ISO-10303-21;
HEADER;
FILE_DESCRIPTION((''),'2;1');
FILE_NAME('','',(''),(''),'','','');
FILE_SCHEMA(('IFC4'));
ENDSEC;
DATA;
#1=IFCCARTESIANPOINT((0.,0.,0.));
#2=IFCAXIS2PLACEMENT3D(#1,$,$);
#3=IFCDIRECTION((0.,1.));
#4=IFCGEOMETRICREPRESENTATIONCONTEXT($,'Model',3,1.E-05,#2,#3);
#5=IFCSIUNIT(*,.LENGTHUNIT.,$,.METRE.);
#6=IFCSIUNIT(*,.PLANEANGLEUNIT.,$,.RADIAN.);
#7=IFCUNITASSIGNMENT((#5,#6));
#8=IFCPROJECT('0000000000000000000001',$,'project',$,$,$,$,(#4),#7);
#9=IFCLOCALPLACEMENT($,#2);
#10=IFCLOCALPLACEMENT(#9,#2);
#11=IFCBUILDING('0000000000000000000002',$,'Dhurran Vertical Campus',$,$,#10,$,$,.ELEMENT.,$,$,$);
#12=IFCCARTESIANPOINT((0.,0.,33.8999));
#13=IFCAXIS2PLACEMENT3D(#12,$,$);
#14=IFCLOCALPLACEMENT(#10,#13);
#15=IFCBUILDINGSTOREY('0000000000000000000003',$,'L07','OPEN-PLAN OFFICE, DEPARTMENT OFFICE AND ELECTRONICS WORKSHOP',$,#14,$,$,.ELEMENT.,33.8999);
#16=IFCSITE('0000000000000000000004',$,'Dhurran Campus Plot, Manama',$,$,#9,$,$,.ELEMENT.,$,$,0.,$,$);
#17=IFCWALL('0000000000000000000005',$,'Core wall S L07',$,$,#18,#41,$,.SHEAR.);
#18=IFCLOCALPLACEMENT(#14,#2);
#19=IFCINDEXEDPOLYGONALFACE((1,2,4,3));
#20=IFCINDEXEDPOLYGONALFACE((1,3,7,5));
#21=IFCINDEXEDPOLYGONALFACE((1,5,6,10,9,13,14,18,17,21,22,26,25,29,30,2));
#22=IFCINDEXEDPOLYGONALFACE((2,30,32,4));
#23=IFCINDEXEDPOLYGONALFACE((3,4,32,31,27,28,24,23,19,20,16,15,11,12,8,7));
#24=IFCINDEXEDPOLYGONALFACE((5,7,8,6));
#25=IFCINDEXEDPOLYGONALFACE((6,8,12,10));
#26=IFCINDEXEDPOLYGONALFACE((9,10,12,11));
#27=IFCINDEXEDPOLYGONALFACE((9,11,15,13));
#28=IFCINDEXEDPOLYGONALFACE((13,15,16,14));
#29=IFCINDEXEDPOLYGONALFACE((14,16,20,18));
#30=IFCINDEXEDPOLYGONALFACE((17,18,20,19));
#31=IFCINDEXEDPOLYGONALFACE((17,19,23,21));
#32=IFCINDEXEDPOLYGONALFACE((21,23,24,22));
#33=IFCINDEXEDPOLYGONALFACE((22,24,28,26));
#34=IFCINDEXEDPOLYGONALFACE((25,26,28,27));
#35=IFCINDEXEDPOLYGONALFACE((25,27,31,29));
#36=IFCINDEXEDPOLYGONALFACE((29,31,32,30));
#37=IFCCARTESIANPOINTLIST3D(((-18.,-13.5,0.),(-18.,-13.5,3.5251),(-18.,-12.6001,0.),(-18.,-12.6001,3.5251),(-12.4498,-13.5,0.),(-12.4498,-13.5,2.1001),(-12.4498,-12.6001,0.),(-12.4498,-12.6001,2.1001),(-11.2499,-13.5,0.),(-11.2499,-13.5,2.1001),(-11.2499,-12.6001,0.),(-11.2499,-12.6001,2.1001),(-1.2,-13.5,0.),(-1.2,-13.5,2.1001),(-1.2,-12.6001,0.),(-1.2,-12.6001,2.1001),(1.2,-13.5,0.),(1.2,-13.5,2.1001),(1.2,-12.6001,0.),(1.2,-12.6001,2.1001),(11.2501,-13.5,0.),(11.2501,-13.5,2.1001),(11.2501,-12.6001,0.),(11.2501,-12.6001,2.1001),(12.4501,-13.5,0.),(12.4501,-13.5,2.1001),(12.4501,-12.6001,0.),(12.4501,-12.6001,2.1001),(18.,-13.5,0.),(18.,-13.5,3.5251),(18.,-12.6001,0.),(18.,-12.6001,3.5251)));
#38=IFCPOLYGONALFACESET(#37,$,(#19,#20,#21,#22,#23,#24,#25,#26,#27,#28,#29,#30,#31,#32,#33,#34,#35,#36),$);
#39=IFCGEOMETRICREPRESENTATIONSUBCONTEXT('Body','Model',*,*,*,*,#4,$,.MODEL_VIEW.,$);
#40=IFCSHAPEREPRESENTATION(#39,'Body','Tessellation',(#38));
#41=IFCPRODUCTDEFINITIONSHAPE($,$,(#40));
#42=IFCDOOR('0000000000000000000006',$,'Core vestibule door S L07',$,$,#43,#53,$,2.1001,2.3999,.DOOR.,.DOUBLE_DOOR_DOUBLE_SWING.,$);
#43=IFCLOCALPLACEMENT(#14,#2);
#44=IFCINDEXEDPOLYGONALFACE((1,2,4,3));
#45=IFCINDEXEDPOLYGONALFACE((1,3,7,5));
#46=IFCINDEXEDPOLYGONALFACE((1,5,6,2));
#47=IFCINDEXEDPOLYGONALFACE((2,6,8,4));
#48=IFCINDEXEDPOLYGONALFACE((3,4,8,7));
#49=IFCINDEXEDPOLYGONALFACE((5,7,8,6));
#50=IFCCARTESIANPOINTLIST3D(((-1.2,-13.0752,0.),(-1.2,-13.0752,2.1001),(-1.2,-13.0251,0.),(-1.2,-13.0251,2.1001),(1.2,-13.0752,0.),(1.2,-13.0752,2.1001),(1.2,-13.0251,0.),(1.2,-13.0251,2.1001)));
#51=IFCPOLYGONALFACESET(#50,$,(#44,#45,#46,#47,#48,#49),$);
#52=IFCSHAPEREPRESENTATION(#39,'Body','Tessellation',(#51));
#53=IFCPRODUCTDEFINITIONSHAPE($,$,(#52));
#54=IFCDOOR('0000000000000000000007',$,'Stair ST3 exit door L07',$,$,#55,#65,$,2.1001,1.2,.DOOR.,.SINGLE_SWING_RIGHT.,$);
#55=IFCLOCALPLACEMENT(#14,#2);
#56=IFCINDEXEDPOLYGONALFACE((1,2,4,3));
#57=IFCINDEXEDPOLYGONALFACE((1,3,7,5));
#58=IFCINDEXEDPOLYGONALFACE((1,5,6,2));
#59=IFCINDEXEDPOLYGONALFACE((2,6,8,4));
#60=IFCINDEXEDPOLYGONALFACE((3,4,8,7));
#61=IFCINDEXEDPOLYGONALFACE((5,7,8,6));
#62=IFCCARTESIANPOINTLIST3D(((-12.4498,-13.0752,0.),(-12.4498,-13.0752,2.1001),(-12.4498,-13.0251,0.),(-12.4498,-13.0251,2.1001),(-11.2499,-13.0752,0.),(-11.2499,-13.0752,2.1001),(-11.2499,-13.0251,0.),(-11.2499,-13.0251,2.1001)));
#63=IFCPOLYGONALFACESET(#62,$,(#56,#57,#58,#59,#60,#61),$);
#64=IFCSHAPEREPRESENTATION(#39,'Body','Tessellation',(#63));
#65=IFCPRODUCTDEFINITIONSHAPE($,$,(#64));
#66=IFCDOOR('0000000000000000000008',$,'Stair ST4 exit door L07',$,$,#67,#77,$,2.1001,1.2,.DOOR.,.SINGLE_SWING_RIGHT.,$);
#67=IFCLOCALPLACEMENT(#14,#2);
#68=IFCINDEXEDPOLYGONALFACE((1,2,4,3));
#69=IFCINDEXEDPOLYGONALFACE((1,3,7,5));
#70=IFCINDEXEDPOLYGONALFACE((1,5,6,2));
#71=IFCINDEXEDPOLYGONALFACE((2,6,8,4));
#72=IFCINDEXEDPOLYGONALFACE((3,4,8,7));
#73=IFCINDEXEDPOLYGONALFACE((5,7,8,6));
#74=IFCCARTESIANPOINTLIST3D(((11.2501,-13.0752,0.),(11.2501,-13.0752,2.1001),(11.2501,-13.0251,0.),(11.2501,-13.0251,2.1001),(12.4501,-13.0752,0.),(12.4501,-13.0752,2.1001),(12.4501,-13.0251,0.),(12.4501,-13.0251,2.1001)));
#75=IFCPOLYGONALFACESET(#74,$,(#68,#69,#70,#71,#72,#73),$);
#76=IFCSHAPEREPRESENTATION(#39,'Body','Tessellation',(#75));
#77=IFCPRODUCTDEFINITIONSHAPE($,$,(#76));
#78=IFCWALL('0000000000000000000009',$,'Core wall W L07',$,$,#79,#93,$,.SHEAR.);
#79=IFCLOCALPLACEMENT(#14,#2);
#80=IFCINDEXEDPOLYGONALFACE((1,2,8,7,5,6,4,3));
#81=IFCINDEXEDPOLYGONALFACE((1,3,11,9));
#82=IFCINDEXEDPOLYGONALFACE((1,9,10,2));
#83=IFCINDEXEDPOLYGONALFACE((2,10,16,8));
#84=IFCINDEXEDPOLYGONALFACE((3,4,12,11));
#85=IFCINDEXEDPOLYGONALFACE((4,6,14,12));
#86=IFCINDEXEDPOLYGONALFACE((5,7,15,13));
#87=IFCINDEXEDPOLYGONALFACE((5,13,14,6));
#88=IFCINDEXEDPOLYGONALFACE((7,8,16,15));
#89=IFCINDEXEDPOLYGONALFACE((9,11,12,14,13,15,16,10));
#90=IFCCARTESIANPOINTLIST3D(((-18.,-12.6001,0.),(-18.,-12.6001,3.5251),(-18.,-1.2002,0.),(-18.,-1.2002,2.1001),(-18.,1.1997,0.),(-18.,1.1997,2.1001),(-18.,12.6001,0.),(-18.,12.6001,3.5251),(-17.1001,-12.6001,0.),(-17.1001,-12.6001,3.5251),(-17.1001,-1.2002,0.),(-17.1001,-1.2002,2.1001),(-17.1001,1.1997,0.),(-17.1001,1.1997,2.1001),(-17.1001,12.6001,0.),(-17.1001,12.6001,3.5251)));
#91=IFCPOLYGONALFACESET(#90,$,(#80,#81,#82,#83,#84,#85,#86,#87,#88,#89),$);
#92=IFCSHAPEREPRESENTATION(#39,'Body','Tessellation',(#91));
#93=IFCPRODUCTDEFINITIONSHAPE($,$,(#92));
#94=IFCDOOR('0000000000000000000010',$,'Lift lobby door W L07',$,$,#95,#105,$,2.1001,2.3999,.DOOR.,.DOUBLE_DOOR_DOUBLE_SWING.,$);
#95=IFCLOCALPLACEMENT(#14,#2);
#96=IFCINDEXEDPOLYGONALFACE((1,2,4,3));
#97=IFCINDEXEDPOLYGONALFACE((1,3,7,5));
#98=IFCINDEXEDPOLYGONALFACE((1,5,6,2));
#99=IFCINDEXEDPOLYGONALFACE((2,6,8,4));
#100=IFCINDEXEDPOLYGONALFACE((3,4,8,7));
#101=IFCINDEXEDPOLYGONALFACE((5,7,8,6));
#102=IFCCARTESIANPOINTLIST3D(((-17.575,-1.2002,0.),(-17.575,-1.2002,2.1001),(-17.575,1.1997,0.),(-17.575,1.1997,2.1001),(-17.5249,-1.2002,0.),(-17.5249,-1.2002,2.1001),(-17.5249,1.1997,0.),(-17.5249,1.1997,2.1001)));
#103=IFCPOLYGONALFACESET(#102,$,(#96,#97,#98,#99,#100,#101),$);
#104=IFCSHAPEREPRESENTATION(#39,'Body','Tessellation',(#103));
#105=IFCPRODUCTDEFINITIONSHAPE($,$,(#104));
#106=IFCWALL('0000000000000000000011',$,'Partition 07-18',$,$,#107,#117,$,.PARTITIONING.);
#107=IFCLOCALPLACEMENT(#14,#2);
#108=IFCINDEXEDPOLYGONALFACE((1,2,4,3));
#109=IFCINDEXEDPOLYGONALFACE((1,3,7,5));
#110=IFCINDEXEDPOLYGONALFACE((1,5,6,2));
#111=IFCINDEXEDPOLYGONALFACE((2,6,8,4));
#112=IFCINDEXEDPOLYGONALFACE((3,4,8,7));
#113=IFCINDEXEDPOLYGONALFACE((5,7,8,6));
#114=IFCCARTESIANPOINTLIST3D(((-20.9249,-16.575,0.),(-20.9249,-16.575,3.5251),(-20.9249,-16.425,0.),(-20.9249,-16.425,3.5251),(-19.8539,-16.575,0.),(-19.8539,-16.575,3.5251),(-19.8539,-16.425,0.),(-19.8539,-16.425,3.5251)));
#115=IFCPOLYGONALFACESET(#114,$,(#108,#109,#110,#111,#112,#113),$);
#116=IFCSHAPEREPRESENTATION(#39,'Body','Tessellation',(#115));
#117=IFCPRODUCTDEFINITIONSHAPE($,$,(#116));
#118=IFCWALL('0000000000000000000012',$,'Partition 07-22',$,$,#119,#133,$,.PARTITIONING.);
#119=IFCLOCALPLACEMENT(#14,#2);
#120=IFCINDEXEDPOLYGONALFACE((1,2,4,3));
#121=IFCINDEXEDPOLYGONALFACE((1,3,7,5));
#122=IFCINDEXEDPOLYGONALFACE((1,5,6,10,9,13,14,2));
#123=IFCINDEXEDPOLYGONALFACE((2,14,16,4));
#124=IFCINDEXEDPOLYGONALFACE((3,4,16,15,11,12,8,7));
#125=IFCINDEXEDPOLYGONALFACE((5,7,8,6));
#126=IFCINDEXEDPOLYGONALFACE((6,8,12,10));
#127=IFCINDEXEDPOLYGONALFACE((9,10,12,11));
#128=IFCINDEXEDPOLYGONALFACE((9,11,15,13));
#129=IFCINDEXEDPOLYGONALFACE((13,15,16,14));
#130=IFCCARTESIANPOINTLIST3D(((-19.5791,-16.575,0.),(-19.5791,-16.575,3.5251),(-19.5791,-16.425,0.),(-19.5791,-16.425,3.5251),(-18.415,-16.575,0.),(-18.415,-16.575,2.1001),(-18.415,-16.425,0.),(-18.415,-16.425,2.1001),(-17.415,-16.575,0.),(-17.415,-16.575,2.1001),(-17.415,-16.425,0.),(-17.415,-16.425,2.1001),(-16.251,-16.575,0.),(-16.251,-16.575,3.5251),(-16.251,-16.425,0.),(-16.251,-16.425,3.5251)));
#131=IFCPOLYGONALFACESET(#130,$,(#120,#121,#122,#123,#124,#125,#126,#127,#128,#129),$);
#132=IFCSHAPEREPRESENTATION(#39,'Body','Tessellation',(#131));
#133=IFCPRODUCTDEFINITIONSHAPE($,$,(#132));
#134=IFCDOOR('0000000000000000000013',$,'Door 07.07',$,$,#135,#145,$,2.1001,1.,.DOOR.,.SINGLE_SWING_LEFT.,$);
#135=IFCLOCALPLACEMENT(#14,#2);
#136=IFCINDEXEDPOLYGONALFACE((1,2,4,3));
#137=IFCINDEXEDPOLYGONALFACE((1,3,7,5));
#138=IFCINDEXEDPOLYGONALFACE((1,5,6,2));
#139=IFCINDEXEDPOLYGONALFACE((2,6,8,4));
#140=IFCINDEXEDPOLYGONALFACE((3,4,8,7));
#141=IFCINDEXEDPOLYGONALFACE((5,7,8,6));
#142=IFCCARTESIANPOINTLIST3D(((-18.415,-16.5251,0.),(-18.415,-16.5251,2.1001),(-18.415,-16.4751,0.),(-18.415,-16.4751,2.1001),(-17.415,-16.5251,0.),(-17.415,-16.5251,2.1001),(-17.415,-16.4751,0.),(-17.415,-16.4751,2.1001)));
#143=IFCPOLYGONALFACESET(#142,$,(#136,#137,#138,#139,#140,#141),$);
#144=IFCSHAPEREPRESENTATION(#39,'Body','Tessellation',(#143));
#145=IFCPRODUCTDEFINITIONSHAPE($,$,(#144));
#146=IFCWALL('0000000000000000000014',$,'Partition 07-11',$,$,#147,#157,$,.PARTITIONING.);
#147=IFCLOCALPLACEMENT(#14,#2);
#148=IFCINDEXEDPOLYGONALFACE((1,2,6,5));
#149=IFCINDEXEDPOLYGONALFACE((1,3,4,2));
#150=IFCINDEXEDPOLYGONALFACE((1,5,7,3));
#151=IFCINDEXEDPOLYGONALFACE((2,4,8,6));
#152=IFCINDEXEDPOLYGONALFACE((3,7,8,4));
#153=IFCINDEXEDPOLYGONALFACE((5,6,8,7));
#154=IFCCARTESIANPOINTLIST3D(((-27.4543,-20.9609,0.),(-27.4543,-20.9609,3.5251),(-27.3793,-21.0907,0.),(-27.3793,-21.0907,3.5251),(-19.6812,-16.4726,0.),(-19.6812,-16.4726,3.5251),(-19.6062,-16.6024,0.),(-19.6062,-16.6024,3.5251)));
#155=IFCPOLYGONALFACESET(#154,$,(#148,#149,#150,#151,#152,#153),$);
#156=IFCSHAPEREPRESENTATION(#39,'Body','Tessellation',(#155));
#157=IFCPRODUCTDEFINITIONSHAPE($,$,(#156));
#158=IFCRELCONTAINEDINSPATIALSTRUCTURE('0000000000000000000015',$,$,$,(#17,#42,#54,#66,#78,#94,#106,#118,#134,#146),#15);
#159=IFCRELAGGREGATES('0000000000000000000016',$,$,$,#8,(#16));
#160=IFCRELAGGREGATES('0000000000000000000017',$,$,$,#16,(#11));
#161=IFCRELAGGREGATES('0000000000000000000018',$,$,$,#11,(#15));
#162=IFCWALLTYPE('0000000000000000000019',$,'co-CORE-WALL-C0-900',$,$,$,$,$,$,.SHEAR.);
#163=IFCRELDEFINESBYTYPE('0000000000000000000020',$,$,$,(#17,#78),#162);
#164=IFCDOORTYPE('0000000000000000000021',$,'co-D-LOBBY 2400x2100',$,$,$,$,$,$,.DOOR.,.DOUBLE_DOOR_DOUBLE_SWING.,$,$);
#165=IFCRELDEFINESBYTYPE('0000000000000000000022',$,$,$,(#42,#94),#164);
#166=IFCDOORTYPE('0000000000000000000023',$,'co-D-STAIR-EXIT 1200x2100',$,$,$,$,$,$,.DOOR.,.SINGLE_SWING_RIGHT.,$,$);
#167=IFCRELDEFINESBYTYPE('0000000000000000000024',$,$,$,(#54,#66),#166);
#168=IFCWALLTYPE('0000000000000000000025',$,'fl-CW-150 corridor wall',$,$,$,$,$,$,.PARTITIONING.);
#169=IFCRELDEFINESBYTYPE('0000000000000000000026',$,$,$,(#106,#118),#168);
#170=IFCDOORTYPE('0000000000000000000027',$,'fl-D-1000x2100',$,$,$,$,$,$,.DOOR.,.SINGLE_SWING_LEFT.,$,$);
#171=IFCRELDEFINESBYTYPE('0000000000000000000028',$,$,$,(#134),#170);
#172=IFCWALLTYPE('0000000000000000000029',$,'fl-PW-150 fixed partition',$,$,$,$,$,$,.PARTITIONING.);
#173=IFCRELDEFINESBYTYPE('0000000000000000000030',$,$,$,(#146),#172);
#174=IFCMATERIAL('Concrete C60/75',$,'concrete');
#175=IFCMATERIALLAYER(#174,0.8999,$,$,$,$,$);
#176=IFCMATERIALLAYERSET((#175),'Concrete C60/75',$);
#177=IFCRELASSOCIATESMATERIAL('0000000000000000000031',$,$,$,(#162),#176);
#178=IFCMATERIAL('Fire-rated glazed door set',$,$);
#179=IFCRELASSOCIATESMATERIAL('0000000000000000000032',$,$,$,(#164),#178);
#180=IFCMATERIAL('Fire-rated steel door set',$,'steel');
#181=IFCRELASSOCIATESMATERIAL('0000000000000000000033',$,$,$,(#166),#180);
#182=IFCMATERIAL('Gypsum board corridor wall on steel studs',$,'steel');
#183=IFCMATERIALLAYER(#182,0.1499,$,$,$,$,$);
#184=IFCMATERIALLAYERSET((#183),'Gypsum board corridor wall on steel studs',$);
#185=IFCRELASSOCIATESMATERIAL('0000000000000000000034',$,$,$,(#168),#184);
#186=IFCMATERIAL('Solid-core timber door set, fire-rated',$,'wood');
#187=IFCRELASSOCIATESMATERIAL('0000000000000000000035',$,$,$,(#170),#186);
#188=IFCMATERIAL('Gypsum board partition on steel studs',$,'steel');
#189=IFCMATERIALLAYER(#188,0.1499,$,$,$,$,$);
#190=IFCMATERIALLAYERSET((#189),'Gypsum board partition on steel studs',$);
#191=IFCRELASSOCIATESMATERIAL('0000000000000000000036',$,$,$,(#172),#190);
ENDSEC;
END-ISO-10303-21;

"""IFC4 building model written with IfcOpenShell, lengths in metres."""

from ifc_helpers import new_model, si_unit, direction, frame, frame_2d, origin, place, context, subcontext, project, spatial, rectangle, extrude, material, layer, layer_set, type_object, element, fill, save


model = new_model("IFC4")

# Units and contexts
model_context = context("Model", 3, precision=1e-05, world=origin(), true_north=direction((0.0, 1.0)))
body_context = subcontext(model_context, "Body", "Model", "MODEL_VIEW")
ifc_project = project(units=[si_unit("LENGTHUNIT", "METRE"), si_unit("PLANEANGLEUNIT", "RADIAN")], contexts=[model_context])

# Site, building, storey
site_placement = place(None, origin())
site = spatial("IfcSite", under=ifc_project, at=site_placement, Name="Dhurran Campus Plot, Manama", CompositionType="ELEMENT", RefElevation=0.0)
building_placement = place(site_placement, origin())
building = spatial("IfcBuilding", under=site, at=building_placement, Name="Dhurran Vertical Campus", CompositionType="ELEMENT")
storey_placement = place(building_placement, frame((0.0, 0.0, 33.8999)))
storey = spatial("IfcBuildingStorey", under=building, at=storey_placement, Name="L07", Description="OPEN-PLAN OFFICE, DEPARTMENT OFFICE AND ELECTRONICS WORKSHOP", CompositionType="ELEMENT", Elevation=33.8999)

# Wall, openings, doors
ifc_material_1 = material(Name="Concrete C60/75", Category="concrete")
ifc_layer_1 = layer(ifc_material_1, 0.8999)
ifc_layer_set_1 = layer_set([ifc_layer_1], Name="Concrete C60/75")
wall_type_1 = type_object("IfcWallType", Name="co-CORE-WALL-C0-900", PredefinedType="SHEAR", material=ifc_layer_set_1)
wall_1_placement = place(storey_placement, frame((-18.0, -13.05, 0.0), z_axis=(0.0, 0.0, 1.0), x_axis=(1.0, 0.0, 0.0)))
wall_1 = element("IfcWall", 1, at=wall_1_placement, inside=storey, type_object=wall_type_1, Name="Core wall S L07", PredefinedType="SHEAR", context=body_context, shape_type="SweptSolid", body=[
    extrude(rectangle(XDim=36.0, YDim=0.8999, at=frame_2d((18.0, 0.0))), origin(), (0.0, 0.0, 1.0), 3.5251),
])
opening_1_placement = place(wall_1_placement, frame((16.8, 0.0, 0.0)))
opening_1 = element("IfcOpeningElement", 2, at=opening_1_placement, cuts=wall_1, PredefinedType="OPENING", context=body_context, shape_type="SweptSolid", body=[
    extrude(rectangle(XDim=2.3999, YDim=2.1001, at=frame_2d((1.2, 1.05))), frame((0.0, 0.46, 0.0), z_axis=(0.0, -1.0, 0.0), x_axis=(1.0, 0.0, 0.0)), (0.0, 0.0, 1.0), 0.9199),
])
opening_2_placement = place(wall_1_placement, frame((5.55, 0.0, 0.0)))
opening_2 = element("IfcOpeningElement", 3, at=opening_2_placement, cuts=wall_1, PredefinedType="OPENING", context=body_context, shape_type="SweptSolid", body=[
    extrude(rectangle(XDim=1.2, YDim=2.1001, at=frame_2d((0.6001, 1.05))), frame((0.0, 0.46, 0.0), z_axis=(0.0, -1.0, 0.0), x_axis=(1.0, 0.0, 0.0)), (0.0, 0.0, 1.0), 0.9199),
])
opening_3_placement = place(wall_1_placement, frame((29.25, 0.0, 0.0)))
opening_3 = element("IfcOpeningElement", 4, at=opening_3_placement, cuts=wall_1, PredefinedType="OPENING", context=body_context, shape_type="SweptSolid", body=[
    extrude(rectangle(XDim=1.2, YDim=2.1001, at=frame_2d((0.6001, 1.05))), frame((0.0, 0.46, 0.0), z_axis=(0.0, -1.0, 0.0), x_axis=(1.0, 0.0, 0.0)), (0.0, 0.0, 1.0), 0.9199),
])
ifc_material_2 = material(Name="Fire-rated glazed door set")
door_type_1 = type_object("IfcDoorType", Name="co-D-LOBBY 2400x2100", OperationType="DOUBLE_DOOR_DOUBLE_SWING", PredefinedType="DOOR", material=ifc_material_2)
door_1_placement = place(opening_1_placement, origin())
door_1 = element("IfcDoor", 5, at=door_1_placement, inside=storey, type_object=door_type_1, Name="Core vestibule door S L07", OperationType="DOUBLE_DOOR_DOUBLE_SWING", OverallHeight=2.1001, OverallWidth=2.3999, PredefinedType="DOOR", context=body_context, shape_type="SweptSolid", body=[
    extrude(rectangle(XDim=2.3999, YDim=2.1001, at=frame_2d((1.2, 1.05))), frame((0.0, 0.0249, 0.0), z_axis=(0.0, -1.0, 0.0), x_axis=(1.0, 0.0, 0.0)), (0.0, 0.0, 1.0), 0.05),
])
fill(opening_1, door_1)
ifc_material_3 = material(Name="Fire-rated steel door set", Category="steel")
door_type_2 = type_object("IfcDoorType", Name="co-D-STAIR-EXIT 1200x2100", OperationType="SINGLE_SWING_RIGHT", PredefinedType="DOOR", material=ifc_material_3)
door_2_placement = place(opening_2_placement, origin())
door_2 = element("IfcDoor", 6, at=door_2_placement, inside=storey, type_object=door_type_2, Name="Stair ST3 exit door L07", OperationType="SINGLE_SWING_RIGHT", OverallHeight=2.1001, OverallWidth=1.2, PredefinedType="DOOR", context=body_context, shape_type="SweptSolid", body=[
    extrude(rectangle(XDim=1.2, YDim=2.1001, at=frame_2d((0.6001, 1.05))), frame((0.0, 0.0249, 0.0), z_axis=(0.0, -1.0, 0.0), x_axis=(1.0, 0.0, 0.0)), (0.0, 0.0, 1.0), 0.05),
])
fill(opening_2, door_2)
door_3_placement = place(opening_3_placement, origin())
door_3 = element("IfcDoor", 7, at=door_3_placement, inside=storey, type_object=door_type_2, Name="Stair ST4 exit door L07", OperationType="SINGLE_SWING_RIGHT", OverallHeight=2.1001, OverallWidth=1.2, PredefinedType="DOOR", context=body_context, shape_type="SweptSolid", body=[
    extrude(rectangle(XDim=1.2, YDim=2.1001, at=frame_2d((0.6001, 1.05))), frame((0.0, 0.0249, 0.0), z_axis=(0.0, -1.0, 0.0), x_axis=(1.0, 0.0, 0.0)), (0.0, 0.0, 1.0), 0.05),
])
fill(opening_3, door_3)

# Wall, opening, door
wall_2_placement = place(storey_placement, frame((-17.55, -12.6001, 0.0), z_axis=(0.0, 0.0, 1.0), x_axis=(0.0, 1.0, 0.0)))
wall_2 = element("IfcWall", 8, at=wall_2_placement, inside=storey, type_object=wall_type_1, Name="Core wall W L07", PredefinedType="SHEAR", context=body_context, shape_type="SweptSolid", body=[
    extrude(rectangle(XDim=25.2002, YDim=0.8999, at=frame_2d((12.6001, 0.0))), origin(), (0.0, 0.0, 1.0), 3.5251),
])
opening_4_placement = place(wall_2_placement, frame((11.3999, 0.0, 0.0)))
opening_4 = element("IfcOpeningElement", 9, at=opening_4_placement, cuts=wall_2, PredefinedType="OPENING", context=body_context, shape_type="SweptSolid", body=[
    extrude(rectangle(XDim=2.3999, YDim=2.1001, at=frame_2d((1.2, 1.05))), frame((0.0, 0.46, 0.0), z_axis=(0.0, -1.0, 0.0), x_axis=(1.0, 0.0, 0.0)), (0.0, 0.0, 1.0), 0.9199),
])
door_4_placement = place(opening_4_placement, origin())
door_4 = element("IfcDoor", 10, at=door_4_placement, inside=storey, type_object=door_type_1, Name="Lift lobby door W L07", OperationType="DOUBLE_DOOR_DOUBLE_SWING", OverallHeight=2.1001, OverallWidth=2.3999, PredefinedType="DOOR", context=body_context, shape_type="SweptSolid", body=[
    extrude(rectangle(XDim=2.3999, YDim=2.1001, at=frame_2d((1.2, 1.05))), frame((0.0, 0.0249, 0.0), z_axis=(0.0, -1.0, 0.0), x_axis=(1.0, 0.0, 0.0)), (0.0, 0.0, 1.0), 0.05),
])
fill(opening_4, door_4)

# Wall
ifc_material_4 = material(Name="Gypsum board corridor wall on steel studs", Category="steel")
ifc_layer_2 = layer(ifc_material_4, 0.1499)
ifc_layer_set_2 = layer_set([ifc_layer_2], Name="Gypsum board corridor wall on steel studs")
wall_type_2 = type_object("IfcWallType", Name="fl-CW-150 corridor wall", PredefinedType="PARTITIONING", material=ifc_layer_set_2)
wall_3_placement = place(storey_placement, frame((-20.925, -16.5, 0.0), z_axis=(0.0, 0.0, 1.0), x_axis=(1.0, 0.0, 0.0)))
element("IfcWall", 11, at=wall_3_placement, inside=storey, type_object=wall_type_2, Name="Partition 07-18", PredefinedType="PARTITIONING", context=body_context, shape_type="SweptSolid", body=[
    extrude(rectangle(XDim=1.071, YDim=0.1499, at=frame_2d((0.5356, 0.0))), origin(), (0.0, 0.0, 1.0), 3.5251),
])

# Wall, opening, door
wall_4_placement = place(storey_placement, frame((-19.5791, -16.5, 0.0), z_axis=(0.0, 0.0, 1.0), x_axis=(1.0, 0.0, 0.0)))
wall_4 = element("IfcWall", 12, at=wall_4_placement, inside=storey, type_object=wall_type_2, Name="Partition 07-22", PredefinedType="PARTITIONING", context=body_context, shape_type="SweptSolid", body=[
    extrude(rectangle(XDim=3.3281, YDim=0.1499, at=frame_2d((1.6641, 0.0))), origin(), (0.0, 0.0, 1.0), 3.5251),
])
opening_5_placement = place(wall_4_placement, frame((1.1641, 0.0, 0.0)))
opening_5 = element("IfcOpeningElement", 13, at=opening_5_placement, cuts=wall_4, PredefinedType="OPENING", context=body_context, shape_type="SweptSolid", body=[
    extrude(rectangle(XDim=1.0, YDim=2.1001, at=frame_2d((0.5, 1.05))), frame((0.0, 0.085, 0.0), z_axis=(0.0, -1.0, 0.0), x_axis=(1.0, 0.0, 0.0)), (0.0, 0.0, 1.0), 0.1699),
])
ifc_material_5 = material(Name="Solid-core timber door set, fire-rated", Category="wood")
door_type_3 = type_object("IfcDoorType", Name="fl-D-1000x2100", OperationType="SINGLE_SWING_LEFT", PredefinedType="DOOR", material=ifc_material_5)
door_5_placement = place(opening_5_placement, origin())
door_5 = element("IfcDoor", 14, at=door_5_placement, inside=storey, type_object=door_type_3, Name="Door 07.07", OperationType="SINGLE_SWING_LEFT", OverallHeight=2.1001, OverallWidth=1.0, PredefinedType="DOOR", context=body_context, shape_type="SweptSolid", body=[
    extrude(rectangle(XDim=1.0, YDim=2.1001, at=frame_2d((0.5, 1.05))), frame((0.0, 0.0249, 0.0), z_axis=(0.0, -1.0, 0.0), x_axis=(1.0, 0.0, 0.0)), (0.0, 0.0, 1.0), 0.05),
])
fill(opening_5, door_5)

# Wall
ifc_material_6 = material(Name="Gypsum board partition on steel studs", Category="steel")
ifc_layer_3 = layer(ifc_material_6, 0.1499)
ifc_layer_set_3 = layer_set([ifc_layer_3], Name="Gypsum board partition on steel studs")
wall_type_3 = type_object("IfcWallType", Name="fl-PW-150 fixed partition", PredefinedType="PARTITIONING", material=ifc_layer_set_3)
wall_5_placement = place(storey_placement, frame((-19.6438, -16.5376, 0.0), z_axis=(0.0, 0.0, 1.0), x_axis=(-0.866005, -0.500036, 0.0)))
element("IfcWall", 15, at=wall_5_placement, inside=storey, type_object=wall_type_3, Name="Partition 07-11", PredefinedType="PARTITIONING", context=body_context, shape_type="SweptSolid", body=[
    extrude(rectangle(XDim=8.9758, YDim=0.1499, at=frame_2d((4.4878, 0.0))), origin(), (0.0, 0.0, 1.0), 3.5251),
])

save(model, "model.ifc")
